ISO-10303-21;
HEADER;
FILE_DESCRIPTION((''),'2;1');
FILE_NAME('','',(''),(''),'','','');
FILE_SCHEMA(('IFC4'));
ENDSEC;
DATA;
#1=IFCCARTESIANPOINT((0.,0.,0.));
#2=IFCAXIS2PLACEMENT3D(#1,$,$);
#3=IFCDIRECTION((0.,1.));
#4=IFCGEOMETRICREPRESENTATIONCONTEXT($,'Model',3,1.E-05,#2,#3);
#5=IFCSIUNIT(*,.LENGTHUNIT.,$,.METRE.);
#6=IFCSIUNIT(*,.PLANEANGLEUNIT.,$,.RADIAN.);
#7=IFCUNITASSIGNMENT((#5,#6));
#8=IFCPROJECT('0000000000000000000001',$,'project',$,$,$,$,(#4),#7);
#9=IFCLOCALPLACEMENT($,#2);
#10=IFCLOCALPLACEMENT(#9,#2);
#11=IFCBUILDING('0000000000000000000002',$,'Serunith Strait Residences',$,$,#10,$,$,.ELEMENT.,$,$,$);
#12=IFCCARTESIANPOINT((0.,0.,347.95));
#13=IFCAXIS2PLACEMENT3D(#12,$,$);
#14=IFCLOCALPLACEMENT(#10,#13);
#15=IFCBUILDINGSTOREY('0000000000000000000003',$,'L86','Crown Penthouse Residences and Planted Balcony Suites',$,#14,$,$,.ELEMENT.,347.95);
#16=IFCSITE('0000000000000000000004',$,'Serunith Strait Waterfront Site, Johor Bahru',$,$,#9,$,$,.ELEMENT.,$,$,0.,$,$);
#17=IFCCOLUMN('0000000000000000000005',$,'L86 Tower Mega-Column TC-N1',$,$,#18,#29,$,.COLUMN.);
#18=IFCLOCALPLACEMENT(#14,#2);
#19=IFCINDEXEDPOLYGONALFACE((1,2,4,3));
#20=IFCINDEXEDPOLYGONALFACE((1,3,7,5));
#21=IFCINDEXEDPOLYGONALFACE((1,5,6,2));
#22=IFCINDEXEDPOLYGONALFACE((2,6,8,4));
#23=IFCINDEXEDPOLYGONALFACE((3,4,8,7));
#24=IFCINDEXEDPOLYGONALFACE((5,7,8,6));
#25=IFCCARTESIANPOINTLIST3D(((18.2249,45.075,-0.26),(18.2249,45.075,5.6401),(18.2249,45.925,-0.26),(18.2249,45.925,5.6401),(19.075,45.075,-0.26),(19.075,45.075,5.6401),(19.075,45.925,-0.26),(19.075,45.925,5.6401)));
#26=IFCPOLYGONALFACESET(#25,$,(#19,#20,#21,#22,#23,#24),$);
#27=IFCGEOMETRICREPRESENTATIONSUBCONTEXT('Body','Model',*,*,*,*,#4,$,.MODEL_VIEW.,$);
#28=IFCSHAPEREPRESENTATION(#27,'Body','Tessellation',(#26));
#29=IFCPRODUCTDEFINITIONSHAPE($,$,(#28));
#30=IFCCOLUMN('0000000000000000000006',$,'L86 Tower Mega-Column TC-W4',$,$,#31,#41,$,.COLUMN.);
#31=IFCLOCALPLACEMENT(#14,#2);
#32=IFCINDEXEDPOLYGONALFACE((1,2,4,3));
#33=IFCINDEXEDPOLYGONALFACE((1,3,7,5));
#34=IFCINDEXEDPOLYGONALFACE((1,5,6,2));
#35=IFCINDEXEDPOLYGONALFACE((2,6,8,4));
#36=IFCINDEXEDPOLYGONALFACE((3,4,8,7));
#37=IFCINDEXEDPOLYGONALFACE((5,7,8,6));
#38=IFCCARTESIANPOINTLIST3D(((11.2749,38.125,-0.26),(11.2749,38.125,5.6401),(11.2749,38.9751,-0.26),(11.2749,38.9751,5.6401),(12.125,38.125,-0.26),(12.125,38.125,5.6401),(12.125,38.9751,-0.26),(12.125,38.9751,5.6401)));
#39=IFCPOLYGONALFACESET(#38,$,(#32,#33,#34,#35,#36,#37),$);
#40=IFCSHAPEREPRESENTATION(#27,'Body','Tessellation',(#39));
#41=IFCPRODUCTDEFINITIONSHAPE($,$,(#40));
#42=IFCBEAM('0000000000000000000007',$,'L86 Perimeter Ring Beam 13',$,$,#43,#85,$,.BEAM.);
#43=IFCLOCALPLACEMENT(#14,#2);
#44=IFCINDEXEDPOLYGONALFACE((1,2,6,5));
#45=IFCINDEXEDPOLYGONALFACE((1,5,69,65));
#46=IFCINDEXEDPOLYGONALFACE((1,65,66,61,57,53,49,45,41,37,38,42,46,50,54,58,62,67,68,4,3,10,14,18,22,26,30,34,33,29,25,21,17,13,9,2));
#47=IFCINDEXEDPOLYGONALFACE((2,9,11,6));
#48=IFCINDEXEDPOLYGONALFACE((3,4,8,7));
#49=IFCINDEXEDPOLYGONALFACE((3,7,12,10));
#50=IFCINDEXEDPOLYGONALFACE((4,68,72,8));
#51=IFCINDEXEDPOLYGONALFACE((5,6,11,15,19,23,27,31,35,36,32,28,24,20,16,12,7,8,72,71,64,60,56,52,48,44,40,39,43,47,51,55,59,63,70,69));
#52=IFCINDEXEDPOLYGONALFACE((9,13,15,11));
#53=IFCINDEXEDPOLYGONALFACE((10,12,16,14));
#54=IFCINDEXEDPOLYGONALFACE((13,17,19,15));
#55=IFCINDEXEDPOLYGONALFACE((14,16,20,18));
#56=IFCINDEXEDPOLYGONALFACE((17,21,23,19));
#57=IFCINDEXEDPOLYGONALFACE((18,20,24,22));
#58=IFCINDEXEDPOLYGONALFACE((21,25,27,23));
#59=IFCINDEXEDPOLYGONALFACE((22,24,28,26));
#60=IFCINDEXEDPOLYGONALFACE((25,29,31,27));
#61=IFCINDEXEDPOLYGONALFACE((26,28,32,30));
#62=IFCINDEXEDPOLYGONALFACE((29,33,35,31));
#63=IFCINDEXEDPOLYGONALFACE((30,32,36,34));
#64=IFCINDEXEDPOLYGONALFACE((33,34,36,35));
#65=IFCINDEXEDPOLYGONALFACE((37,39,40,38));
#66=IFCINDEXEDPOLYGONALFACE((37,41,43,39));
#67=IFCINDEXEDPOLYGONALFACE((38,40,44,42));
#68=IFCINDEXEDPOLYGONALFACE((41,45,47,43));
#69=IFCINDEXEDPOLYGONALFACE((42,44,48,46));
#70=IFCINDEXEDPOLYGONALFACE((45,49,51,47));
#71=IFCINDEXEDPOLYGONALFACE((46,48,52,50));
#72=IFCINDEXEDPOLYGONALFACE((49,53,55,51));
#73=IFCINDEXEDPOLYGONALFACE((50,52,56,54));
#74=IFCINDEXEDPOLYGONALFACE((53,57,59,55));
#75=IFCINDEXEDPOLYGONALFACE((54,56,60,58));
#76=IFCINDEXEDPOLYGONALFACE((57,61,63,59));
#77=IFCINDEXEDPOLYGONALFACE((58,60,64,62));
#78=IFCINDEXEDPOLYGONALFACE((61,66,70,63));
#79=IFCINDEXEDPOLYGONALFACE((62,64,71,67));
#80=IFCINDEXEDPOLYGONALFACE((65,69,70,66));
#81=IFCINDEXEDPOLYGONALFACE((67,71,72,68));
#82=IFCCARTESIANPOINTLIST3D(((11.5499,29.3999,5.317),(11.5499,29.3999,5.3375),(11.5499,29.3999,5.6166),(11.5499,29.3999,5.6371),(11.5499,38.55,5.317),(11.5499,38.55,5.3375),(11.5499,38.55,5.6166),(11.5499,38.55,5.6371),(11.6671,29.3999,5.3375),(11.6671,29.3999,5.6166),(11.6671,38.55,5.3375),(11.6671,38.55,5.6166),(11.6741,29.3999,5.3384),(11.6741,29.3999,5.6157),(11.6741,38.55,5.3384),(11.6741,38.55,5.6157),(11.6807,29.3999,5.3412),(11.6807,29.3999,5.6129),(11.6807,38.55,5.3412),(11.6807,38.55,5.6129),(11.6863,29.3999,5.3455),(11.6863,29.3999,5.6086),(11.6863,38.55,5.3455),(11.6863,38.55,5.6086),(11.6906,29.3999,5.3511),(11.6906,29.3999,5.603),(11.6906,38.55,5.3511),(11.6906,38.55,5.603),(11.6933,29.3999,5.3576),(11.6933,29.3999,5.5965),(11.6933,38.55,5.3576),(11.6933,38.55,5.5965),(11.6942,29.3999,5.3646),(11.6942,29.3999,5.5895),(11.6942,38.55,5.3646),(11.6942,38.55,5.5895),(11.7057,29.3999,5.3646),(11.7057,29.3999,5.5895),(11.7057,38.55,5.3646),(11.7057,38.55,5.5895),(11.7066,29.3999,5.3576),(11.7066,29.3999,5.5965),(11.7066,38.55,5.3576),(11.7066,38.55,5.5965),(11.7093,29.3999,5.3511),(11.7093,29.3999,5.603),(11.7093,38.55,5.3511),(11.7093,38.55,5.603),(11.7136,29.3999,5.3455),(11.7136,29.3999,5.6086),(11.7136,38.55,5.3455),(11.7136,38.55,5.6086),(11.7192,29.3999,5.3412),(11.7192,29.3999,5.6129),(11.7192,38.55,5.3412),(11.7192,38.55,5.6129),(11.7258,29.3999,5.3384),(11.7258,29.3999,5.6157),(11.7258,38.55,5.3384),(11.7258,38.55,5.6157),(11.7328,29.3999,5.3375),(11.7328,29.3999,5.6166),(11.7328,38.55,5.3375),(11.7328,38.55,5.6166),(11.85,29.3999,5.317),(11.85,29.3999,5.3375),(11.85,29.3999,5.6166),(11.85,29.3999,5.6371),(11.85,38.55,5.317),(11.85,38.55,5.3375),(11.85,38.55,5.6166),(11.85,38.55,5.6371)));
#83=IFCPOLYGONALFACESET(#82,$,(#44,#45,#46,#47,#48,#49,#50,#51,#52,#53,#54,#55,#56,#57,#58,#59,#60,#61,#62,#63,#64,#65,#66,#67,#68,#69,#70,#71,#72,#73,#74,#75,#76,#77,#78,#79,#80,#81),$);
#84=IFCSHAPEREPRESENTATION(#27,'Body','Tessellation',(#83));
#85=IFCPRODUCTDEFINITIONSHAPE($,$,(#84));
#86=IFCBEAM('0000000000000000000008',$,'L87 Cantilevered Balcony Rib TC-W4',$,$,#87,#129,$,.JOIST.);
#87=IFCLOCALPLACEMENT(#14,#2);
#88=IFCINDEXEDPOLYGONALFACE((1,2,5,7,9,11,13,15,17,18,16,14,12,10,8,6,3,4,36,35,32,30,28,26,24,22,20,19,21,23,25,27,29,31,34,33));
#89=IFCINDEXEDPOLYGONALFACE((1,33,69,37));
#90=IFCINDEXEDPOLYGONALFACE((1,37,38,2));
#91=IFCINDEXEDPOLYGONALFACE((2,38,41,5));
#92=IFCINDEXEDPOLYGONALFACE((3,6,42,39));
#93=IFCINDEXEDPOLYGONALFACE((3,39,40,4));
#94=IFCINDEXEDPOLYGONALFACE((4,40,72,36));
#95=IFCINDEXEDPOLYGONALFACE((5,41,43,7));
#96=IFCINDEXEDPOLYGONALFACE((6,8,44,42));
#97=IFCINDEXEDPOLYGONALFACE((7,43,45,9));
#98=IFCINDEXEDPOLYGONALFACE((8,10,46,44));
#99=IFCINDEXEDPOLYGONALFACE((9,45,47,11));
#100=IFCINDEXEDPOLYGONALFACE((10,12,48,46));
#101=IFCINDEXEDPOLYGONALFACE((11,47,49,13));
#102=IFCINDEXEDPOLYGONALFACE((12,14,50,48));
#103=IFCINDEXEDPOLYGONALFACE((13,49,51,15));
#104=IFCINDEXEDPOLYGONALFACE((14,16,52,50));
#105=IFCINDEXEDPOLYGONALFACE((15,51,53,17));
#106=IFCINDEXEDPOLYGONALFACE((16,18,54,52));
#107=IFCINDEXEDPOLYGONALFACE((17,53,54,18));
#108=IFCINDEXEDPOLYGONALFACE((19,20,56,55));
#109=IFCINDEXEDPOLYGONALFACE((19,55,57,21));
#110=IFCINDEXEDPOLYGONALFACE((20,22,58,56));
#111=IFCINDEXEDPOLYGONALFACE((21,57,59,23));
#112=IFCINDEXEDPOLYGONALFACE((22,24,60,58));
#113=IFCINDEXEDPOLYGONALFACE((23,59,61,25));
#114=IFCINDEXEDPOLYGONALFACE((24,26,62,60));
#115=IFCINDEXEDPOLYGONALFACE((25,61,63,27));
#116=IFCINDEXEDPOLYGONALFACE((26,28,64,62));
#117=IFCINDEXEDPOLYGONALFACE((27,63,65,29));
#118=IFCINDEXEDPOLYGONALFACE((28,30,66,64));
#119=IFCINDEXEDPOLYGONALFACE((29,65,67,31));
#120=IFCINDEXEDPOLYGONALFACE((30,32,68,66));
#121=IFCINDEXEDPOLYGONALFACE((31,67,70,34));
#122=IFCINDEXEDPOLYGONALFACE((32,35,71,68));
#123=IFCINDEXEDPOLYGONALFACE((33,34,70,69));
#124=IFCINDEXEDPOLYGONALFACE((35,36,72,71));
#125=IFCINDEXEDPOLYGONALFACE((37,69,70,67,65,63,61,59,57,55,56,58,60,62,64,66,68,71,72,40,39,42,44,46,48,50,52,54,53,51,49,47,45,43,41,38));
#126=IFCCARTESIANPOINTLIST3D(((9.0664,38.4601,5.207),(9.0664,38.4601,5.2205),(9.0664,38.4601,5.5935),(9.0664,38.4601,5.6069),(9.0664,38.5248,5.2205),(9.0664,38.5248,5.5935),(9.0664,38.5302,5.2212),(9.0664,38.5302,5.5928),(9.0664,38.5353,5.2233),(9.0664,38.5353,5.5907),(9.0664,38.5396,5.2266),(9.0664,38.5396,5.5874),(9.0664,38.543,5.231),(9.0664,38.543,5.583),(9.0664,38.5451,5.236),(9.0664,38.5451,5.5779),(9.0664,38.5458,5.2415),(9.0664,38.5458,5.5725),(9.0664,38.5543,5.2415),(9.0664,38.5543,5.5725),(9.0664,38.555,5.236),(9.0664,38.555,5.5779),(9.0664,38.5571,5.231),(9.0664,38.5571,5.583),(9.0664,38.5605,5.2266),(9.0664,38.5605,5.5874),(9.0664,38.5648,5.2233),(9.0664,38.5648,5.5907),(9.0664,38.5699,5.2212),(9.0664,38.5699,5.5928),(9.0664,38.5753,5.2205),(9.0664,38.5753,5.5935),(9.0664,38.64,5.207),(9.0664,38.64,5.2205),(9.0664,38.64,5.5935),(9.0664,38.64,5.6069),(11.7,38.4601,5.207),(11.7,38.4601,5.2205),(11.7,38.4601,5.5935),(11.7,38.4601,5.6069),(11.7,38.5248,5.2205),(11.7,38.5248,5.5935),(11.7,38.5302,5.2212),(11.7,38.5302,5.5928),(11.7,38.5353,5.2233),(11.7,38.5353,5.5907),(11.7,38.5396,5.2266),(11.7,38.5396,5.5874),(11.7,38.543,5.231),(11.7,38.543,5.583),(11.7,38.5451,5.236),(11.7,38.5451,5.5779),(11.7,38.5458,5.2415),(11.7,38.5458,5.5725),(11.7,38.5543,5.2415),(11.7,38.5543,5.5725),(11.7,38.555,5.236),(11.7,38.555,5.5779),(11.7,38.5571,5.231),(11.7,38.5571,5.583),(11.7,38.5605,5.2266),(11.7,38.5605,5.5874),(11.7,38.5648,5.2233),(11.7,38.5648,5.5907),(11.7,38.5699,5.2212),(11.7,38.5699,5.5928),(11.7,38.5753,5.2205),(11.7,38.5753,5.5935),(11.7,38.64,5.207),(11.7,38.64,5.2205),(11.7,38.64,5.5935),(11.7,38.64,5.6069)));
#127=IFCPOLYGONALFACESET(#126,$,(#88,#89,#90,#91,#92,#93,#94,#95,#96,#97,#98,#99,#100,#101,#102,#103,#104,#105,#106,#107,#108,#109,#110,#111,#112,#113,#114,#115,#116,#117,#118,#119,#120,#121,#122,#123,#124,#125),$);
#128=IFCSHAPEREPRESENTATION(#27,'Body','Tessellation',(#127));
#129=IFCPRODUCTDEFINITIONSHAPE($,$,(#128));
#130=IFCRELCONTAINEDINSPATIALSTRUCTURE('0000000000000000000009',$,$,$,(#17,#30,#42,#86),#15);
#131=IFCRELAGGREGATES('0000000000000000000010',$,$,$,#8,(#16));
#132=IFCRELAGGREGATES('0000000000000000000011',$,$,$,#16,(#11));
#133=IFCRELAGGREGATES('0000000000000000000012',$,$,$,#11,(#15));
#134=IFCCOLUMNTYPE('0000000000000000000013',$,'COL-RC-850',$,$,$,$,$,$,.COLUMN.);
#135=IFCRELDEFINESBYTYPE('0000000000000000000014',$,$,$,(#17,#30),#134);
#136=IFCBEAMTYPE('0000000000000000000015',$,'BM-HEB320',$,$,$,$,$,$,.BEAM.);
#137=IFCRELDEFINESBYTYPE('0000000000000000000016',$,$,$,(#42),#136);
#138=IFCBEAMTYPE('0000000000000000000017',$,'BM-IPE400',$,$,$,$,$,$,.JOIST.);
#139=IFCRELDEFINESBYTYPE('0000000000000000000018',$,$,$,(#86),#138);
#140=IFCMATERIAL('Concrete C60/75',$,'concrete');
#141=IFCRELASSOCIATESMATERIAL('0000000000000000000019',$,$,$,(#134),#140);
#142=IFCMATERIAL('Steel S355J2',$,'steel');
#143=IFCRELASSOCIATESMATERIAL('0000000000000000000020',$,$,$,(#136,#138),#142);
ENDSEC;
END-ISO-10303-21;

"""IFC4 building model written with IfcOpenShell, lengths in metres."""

from ifc_helpers import new_model, si_unit, direction, frame, origin, origin_2d, place, context, subcontext, project, spatial, rectangle, i_section, extrude, source, transform, mapped, material, material_profile, profile_set, type_object, element, save


model = new_model("IFC4")

# Units and contexts
model_context = context("Model", 3, precision=1e-05, world=origin(), true_north=direction((0.0, 1.0)))
body_context = subcontext(model_context, "Body", "Model", "MODEL_VIEW")
ifc_project = project(units=[si_unit("LENGTHUNIT", "METRE"), si_unit("PLANEANGLEUNIT", "RADIAN")], contexts=[model_context])

# Site, building, storey
site_placement = place(None, origin())
site = spatial("IfcSite", under=ifc_project, at=site_placement, Name="Serunith Strait Waterfront Site, Johor Bahru", CompositionType="ELEMENT", RefElevation=0.0)
building_placement = place(site_placement, origin())
building = spatial("IfcBuilding", under=site, at=building_placement, Name="Serunith Strait Residences", CompositionType="ELEMENT")
storey_placement = place(building_placement, frame((0.0, 0.0, 347.95)))
storey = spatial("IfcBuildingStorey", under=building, at=storey_placement, Name="L86", Description="Crown Penthouse Residences and Planted Balcony Suites", CompositionType="ELEMENT", Elevation=347.95)

# Columns
ifc_material_1 = material(Name="Concrete C60/75", Category="concrete")
ifc_material_profile_1 = material_profile(ifc_material_1, rectangle(XDim=0.8501, YDim=0.8501, at=origin_2d()), Name="RC 850x850")
ifc_profile_set_1 = profile_set([ifc_material_profile_1], Name="Concrete C60/75")
column_type = type_object("IfcColumnType", Name="COL-RC-850", PredefinedType="COLUMN", material=ifc_profile_set_1)
shared_shape_1 = source(origin(), body_context, "Body", "SweptSolid", [
    extrude(rectangle(XDim=0.8501, YDim=0.8501, at=origin_2d()), origin(), (0.0, 0.0, 1.0), 5.9001),
])
for number, where, z_axis, x_axis, name in (
    (1, (18.6499, 45.5, -0.26), (0.0, 0.0, 1.0), (1.0, 0.0, 0.0), "L86 Tower Mega-Column TC-N1"),
    (2, (11.7, 38.55, -0.26), (0.0, 0.0, 1.0), (1.0, 0.0, 0.0), "L86 Tower Mega-Column TC-W4"),
):
    element("IfcColumn", number, at=place(storey_placement, frame(where, z_axis=z_axis, x_axis=x_axis)), inside=storey, type_object=column_type, Name=name, PredefinedType="COLUMN", context=body_context, shape_type="MappedRepresentation", body=[
        mapped(shared_shape_1, transform((0.0, 0.0, 0.0), scale=1.0)),
    ])

# Beams
ifc_material_2 = material(Name="Steel S355J2", Category="steel")
ifc_material_profile_2 = material_profile(ifc_material_2, i_section(OverallWidth=0.3, OverallDepth=0.3201, WebThickness=0.0115, FlangeThickness=0.0205, FilletRadius=0.0271, at=origin_2d()), Name="HEB 320")
ifc_profile_set_2 = profile_set([ifc_material_profile_2], Name="Steel S355J2")
beam_type_1 = type_object("IfcBeamType", Name="BM-HEB320", PredefinedType="BEAM", material=ifc_profile_set_2)
shared_shape_2 = source(origin(), body_context, "Body", "SweptSolid", [
    extrude(i_section(OverallWidth=0.3, OverallDepth=0.3201, WebThickness=0.0115, FlangeThickness=0.0205, FilletRadius=0.0271, at=origin_2d()), origin(), (0.0, 0.0, 1.0), 9.1501),
])
beam_1_placement = place(storey_placement, frame((11.7, 38.55, 5.4771), z_axis=(0.0, -1.0, 0.0), x_axis=(1.0, 0.0, 0.0)))
element("IfcBeam", 3, at=beam_1_placement, inside=storey, type_object=beam_type_1, Name="L86 Perimeter Ring Beam 13", PredefinedType="BEAM", context=body_context, shape_type="MappedRepresentation", body=[
    mapped(shared_shape_2, transform((0.0, 0.0, 0.0), scale=1.0)),
])
ifc_material_profile_3 = material_profile(ifc_material_2, i_section(OverallWidth=0.1799, OverallDepth=0.3999, WebThickness=0.0085, FlangeThickness=0.0134, FilletRadius=0.021, at=origin_2d()), Name="IPE 400")
ifc_profile_set_3 = profile_set([ifc_material_profile_3], Name="Steel S355J2")
beam_type_2 = type_object("IfcBeamType", Name="BM-IPE400", PredefinedType="JOIST", material=ifc_profile_set_3)
shared_shape_3 = source(origin(), body_context, "Body", "SweptSolid", [
    extrude(i_section(OverallWidth=0.1799, OverallDepth=0.3999, WebThickness=0.0085, FlangeThickness=0.0134, FilletRadius=0.021, at=origin_2d()), origin(), (0.0, 0.0, 1.0), 2.6335),
])
beam_2_placement = place(storey_placement, frame((11.7, 38.55, 5.407), z_axis=(-1.0, 0.0, 0.0), x_axis=(0.0, -1.0, 0.0)))
element("IfcBeam", 4, at=beam_2_placement, inside=storey, type_object=beam_type_2, Name="L87 Cantilevered Balcony Rib TC-W4", PredefinedType="JOIST", context=body_context, shape_type="MappedRepresentation", body=[
    mapped(shared_shape_3, transform((0.0, 0.0, 0.0), scale=1.0)),
])

save(model, "model.ifc")
